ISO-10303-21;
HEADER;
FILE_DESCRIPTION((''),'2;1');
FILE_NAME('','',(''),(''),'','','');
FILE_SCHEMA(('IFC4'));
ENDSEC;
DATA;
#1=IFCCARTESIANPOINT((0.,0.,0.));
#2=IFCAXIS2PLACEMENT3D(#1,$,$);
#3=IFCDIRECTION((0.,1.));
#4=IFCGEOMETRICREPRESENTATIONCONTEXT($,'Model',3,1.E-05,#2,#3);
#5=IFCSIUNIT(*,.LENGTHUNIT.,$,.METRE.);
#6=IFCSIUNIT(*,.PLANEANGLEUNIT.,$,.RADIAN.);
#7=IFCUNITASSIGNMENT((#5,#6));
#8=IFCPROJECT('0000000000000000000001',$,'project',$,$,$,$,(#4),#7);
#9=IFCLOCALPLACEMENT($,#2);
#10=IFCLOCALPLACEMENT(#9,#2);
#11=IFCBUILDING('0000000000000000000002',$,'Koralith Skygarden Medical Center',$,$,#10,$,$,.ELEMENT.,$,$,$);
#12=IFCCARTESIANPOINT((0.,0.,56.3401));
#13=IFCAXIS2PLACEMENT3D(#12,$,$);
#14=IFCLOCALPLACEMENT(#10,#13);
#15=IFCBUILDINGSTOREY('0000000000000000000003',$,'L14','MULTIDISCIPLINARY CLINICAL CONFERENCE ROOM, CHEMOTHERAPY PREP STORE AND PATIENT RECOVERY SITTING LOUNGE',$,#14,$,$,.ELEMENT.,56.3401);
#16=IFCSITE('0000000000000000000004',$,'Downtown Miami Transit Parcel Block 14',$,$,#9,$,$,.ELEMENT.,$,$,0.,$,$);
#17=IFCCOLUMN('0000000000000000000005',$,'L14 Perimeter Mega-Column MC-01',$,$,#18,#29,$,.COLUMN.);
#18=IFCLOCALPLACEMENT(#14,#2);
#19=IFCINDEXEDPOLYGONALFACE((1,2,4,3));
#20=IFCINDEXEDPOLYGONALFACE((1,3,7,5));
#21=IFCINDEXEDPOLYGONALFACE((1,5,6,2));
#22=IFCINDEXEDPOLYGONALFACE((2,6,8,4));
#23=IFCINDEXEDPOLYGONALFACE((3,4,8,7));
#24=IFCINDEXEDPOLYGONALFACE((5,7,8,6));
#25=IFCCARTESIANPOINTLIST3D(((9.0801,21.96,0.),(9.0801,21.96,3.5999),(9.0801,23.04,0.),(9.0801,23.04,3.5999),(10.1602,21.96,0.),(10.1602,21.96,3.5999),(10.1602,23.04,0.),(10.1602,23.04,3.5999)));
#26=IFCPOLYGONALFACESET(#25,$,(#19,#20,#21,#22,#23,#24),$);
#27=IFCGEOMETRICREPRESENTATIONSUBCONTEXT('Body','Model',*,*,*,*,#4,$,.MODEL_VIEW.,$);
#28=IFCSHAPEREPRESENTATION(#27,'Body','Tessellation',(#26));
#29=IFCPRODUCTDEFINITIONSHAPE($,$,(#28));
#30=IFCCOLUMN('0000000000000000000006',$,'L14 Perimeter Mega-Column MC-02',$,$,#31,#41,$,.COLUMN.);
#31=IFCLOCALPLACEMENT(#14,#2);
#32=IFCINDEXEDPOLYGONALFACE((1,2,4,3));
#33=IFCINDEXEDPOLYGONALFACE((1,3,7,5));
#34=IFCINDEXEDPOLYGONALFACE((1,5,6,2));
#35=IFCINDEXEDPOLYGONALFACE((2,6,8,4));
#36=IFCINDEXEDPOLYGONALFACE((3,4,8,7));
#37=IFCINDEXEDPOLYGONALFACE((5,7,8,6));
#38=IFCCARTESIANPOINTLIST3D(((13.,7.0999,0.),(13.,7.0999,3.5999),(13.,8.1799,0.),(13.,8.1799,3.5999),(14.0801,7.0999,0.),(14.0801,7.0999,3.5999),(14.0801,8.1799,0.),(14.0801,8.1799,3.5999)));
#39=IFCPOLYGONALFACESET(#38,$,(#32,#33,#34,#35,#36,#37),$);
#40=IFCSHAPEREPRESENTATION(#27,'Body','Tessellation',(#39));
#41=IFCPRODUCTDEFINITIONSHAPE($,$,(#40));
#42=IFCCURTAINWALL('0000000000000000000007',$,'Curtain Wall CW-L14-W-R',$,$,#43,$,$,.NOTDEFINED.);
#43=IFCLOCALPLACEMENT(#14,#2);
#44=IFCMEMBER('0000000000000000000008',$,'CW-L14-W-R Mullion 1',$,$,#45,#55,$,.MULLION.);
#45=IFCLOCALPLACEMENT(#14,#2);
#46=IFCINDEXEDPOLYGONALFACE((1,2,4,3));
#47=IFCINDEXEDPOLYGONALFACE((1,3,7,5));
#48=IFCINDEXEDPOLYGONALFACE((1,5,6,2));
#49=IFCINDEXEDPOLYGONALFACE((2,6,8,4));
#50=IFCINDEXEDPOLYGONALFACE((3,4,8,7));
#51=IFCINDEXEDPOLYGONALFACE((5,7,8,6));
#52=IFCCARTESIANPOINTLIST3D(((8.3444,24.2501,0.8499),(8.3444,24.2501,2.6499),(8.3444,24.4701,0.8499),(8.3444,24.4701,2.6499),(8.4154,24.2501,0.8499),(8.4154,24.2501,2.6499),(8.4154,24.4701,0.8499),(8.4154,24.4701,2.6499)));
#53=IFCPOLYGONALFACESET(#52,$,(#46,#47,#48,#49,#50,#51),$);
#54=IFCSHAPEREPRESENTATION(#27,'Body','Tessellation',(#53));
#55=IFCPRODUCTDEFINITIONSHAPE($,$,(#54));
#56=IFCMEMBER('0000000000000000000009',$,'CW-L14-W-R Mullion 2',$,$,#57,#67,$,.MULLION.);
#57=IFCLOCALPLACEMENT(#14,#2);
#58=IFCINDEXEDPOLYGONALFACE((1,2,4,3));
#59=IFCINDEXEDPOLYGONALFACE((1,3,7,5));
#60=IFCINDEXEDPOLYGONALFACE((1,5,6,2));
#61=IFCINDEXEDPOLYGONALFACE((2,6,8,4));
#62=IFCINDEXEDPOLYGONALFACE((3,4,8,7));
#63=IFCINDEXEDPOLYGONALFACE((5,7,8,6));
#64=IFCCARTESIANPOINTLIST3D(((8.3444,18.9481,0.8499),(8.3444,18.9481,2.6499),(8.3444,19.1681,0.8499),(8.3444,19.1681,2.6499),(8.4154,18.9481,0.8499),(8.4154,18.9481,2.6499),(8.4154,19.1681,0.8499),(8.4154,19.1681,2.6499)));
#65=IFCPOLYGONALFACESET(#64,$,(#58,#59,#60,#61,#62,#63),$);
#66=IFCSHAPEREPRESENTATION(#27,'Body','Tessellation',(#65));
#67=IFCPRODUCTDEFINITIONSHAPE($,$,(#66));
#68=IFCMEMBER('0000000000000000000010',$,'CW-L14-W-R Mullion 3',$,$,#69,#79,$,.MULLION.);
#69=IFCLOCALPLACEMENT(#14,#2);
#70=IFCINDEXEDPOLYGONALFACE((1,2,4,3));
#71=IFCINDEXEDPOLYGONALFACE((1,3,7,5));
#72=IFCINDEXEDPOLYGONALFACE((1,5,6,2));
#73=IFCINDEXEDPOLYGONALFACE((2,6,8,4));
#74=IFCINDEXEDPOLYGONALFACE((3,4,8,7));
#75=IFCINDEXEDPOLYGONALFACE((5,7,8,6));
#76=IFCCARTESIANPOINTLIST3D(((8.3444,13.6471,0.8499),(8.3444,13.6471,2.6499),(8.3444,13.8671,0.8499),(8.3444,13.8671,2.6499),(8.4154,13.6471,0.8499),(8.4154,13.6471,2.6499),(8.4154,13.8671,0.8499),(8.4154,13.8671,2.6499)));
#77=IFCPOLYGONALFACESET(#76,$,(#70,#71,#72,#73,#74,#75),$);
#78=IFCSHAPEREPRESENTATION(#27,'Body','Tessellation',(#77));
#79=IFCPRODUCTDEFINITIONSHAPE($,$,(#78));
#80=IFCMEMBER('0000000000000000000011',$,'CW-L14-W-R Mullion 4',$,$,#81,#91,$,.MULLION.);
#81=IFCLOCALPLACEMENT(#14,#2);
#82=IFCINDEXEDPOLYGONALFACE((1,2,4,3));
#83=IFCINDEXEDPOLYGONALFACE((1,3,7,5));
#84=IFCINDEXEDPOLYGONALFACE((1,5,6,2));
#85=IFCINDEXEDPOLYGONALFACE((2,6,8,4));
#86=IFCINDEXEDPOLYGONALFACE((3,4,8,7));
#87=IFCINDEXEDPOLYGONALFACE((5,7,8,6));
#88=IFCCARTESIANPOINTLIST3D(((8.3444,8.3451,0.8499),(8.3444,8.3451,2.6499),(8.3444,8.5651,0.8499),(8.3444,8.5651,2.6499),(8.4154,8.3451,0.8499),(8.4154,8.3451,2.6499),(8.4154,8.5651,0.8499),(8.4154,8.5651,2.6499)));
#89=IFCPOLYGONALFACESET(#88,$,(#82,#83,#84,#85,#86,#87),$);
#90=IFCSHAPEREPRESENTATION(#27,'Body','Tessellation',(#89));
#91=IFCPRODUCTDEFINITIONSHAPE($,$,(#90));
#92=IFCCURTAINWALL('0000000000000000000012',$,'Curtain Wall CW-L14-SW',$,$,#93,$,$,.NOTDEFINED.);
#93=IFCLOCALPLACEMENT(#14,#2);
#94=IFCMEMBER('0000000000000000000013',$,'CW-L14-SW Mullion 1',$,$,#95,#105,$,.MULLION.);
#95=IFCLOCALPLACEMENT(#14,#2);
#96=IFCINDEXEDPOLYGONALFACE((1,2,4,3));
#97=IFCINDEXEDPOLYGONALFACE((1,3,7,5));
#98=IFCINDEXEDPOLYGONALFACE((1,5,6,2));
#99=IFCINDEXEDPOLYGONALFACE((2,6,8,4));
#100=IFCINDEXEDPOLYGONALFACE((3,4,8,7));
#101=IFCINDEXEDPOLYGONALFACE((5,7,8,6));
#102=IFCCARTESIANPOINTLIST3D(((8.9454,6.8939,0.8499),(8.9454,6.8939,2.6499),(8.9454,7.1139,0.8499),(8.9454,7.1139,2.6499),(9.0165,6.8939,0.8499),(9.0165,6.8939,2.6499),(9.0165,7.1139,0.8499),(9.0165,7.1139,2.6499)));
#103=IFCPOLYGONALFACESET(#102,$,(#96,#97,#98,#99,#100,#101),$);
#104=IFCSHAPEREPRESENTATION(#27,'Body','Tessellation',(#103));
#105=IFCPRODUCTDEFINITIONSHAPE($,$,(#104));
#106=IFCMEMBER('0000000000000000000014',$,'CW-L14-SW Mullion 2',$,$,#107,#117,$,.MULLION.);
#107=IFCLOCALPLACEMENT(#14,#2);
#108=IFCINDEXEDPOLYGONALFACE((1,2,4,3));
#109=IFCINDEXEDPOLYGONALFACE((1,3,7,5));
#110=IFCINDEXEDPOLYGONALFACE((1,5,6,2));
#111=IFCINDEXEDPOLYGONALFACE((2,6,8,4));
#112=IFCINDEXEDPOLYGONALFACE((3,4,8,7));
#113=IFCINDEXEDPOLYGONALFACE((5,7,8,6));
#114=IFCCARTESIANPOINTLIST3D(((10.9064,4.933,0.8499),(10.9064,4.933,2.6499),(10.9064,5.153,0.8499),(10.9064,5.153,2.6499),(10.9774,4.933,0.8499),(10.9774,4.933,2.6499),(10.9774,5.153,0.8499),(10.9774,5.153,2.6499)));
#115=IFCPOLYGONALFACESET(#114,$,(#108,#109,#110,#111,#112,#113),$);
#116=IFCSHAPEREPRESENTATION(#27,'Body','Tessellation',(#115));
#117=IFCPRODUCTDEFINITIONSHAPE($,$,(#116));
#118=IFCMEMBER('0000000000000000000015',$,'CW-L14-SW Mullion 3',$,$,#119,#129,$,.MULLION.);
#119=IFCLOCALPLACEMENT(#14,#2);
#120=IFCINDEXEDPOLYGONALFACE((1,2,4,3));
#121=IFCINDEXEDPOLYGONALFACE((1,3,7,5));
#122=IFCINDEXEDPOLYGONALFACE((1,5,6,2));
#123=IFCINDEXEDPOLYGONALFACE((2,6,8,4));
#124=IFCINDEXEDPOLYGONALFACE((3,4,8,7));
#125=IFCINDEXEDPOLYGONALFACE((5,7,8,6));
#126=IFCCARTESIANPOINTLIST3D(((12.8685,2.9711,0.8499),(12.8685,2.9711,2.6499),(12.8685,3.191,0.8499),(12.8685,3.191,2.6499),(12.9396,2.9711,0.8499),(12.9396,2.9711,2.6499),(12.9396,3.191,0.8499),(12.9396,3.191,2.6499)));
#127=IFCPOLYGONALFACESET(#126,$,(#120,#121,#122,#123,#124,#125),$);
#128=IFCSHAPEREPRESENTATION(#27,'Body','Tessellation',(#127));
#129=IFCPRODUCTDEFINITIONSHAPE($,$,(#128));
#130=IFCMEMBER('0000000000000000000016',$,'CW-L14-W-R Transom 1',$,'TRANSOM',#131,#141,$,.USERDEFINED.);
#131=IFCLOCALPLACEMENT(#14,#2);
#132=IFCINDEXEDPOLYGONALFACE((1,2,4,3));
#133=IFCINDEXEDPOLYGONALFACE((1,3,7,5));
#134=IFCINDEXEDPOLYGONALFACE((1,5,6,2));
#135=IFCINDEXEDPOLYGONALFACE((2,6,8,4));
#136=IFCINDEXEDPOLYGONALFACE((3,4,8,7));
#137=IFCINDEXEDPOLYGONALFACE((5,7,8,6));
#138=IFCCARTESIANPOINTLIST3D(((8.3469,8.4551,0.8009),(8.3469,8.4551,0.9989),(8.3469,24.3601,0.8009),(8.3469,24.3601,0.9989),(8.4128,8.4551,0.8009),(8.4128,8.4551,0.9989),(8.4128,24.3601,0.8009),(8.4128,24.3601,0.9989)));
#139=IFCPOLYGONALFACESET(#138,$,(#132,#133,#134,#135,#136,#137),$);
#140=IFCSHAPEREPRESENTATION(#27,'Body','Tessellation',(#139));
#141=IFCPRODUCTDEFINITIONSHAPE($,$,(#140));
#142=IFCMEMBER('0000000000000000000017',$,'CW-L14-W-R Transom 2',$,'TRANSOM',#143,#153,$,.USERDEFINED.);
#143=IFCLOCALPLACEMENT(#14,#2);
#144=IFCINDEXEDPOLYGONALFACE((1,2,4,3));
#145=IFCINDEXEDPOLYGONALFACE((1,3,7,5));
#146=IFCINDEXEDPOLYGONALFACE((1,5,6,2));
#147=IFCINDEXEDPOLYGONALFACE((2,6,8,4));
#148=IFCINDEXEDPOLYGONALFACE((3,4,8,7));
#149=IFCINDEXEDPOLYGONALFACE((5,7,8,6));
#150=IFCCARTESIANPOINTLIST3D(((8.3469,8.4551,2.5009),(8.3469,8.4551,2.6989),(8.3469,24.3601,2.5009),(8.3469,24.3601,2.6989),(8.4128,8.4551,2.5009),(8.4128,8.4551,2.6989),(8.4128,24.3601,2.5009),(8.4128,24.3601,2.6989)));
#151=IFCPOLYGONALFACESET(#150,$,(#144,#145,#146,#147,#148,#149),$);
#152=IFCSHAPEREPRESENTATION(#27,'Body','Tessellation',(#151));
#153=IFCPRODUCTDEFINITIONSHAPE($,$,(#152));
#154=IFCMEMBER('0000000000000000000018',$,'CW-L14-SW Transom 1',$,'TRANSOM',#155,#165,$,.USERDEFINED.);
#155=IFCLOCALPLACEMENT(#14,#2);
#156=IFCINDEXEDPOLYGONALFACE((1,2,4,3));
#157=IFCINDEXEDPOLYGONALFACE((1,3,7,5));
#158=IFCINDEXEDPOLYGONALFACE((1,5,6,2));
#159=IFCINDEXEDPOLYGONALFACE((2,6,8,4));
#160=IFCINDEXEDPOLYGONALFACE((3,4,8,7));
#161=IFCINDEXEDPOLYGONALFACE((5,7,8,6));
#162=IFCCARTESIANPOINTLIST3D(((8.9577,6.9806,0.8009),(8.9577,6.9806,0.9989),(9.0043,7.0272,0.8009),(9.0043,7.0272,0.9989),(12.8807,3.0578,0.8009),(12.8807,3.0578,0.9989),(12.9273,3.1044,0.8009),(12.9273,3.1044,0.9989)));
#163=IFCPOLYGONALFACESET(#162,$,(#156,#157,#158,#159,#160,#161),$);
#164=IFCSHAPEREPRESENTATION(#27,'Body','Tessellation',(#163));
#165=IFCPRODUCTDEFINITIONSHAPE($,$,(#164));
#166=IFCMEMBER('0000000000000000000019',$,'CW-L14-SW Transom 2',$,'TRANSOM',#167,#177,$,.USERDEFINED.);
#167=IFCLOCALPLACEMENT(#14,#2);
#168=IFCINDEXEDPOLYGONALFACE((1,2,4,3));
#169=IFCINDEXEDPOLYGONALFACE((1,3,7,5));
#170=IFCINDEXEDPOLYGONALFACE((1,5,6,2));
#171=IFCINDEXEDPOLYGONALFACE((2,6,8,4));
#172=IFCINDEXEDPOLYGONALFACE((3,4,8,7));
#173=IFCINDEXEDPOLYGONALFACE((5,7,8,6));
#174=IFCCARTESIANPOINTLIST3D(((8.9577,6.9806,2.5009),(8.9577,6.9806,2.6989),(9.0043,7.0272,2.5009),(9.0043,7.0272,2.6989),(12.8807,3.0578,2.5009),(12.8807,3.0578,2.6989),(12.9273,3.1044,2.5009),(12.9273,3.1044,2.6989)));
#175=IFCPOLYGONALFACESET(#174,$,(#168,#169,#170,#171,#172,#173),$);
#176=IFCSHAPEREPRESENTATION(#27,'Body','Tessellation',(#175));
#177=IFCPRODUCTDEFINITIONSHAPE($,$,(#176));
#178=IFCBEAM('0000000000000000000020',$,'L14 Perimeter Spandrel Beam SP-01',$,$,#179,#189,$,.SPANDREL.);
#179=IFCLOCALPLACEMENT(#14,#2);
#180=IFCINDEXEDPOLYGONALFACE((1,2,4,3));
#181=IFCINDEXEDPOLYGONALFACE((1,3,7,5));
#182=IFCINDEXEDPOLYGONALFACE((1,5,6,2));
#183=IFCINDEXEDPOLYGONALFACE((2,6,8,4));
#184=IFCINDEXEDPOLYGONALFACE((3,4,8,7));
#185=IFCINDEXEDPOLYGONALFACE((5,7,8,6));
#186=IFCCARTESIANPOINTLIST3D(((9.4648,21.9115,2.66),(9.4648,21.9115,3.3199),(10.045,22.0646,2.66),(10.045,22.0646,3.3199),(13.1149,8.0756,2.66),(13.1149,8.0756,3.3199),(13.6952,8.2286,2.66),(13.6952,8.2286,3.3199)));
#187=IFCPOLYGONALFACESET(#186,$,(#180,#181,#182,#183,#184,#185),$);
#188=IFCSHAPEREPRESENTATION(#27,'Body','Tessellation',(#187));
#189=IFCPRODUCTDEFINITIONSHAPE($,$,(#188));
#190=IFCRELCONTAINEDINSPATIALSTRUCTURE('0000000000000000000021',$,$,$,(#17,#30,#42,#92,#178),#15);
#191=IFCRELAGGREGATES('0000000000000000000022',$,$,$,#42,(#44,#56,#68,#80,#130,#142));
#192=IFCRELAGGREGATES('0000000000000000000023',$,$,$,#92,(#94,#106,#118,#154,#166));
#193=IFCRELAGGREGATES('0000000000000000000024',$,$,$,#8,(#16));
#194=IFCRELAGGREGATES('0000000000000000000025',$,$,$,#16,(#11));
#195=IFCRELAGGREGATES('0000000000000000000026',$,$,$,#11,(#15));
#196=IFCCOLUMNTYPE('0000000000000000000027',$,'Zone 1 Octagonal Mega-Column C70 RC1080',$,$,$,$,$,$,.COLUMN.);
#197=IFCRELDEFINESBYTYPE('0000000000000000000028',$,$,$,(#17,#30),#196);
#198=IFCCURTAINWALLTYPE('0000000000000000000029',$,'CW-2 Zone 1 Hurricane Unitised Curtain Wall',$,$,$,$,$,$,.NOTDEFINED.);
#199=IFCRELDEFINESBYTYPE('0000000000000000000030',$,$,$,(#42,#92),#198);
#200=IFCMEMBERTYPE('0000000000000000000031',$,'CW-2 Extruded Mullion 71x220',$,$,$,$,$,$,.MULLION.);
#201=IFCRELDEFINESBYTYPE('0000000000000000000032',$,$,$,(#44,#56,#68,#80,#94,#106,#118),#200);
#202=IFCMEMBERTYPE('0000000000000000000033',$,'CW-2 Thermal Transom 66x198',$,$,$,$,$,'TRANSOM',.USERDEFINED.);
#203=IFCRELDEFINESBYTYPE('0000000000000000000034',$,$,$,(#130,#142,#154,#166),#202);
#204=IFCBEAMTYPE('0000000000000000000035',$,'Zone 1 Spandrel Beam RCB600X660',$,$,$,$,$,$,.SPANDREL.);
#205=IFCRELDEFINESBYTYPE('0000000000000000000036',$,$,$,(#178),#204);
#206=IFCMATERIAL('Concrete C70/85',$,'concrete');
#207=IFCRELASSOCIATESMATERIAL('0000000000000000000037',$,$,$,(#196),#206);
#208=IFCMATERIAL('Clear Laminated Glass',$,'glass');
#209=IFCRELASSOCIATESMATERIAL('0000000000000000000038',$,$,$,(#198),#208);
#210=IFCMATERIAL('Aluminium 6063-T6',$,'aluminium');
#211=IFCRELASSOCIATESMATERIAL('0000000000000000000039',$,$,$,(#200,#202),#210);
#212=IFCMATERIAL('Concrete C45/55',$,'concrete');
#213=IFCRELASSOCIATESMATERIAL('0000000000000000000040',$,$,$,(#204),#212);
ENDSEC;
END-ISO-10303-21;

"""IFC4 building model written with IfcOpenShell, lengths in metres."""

from ifc_helpers import new_model, si_unit, direction, frame, origin, origin_2d, place, context, subcontext, project, spatial, rectangle, extrude, material, material_profile, profile_set, type_object, element, aggregate, save


model = new_model("IFC4")

# Units and contexts
model_context = context("Model", 3, precision=1e-05, world=origin(), true_north=direction((0.0, 1.0)))
body_context = subcontext(model_context, "Body", "Model", "MODEL_VIEW")
ifc_project = project(units=[si_unit("LENGTHUNIT", "METRE"), si_unit("PLANEANGLEUNIT", "RADIAN")], contexts=[model_context])

# Site, building, storey
site_placement = place(None, origin())
site = spatial("IfcSite", under=ifc_project, at=site_placement, Name="Downtown Miami Transit Parcel Block 14", CompositionType="ELEMENT", RefElevation=0.0)
building_placement = place(site_placement, origin())
building = spatial("IfcBuilding", under=site, at=building_placement, Name="Koralith Skygarden Medical Center", CompositionType="ELEMENT")
storey_placement = place(building_placement, frame((0.0, 0.0, 56.3401)))
storey = spatial("IfcBuildingStorey", under=building, at=storey_placement, Name="L14", Description="MULTIDISCIPLINARY CLINICAL CONFERENCE ROOM, CHEMOTHERAPY PREP STORE AND PATIENT RECOVERY SITTING LOUNGE", CompositionType="ELEMENT", Elevation=56.3401)

# Columns
ifc_material_1 = material(Name="Concrete C70/85", Category="concrete")
ifc_material_profile_1 = material_profile(ifc_material_1, rectangle(XDim=1.0801, YDim=1.0801, at=origin_2d()), Name="RC1080X1080")
ifc_profile_set_1 = profile_set([ifc_material_profile_1], Name="Concrete C70/85")
column_type = type_object("IfcColumnType", Name="Zone 1 Octagonal Mega-Column C70 RC1080", PredefinedType="COLUMN", material=ifc_profile_set_1)
for number, where, z_axis, x_axis, name in (
    (1, (9.6201, 22.5, 0.0), (0.0, 0.0, 1.0), (1.0, 0.0, 0.0), "L14 Perimeter Mega-Column MC-01"),
    (2, (13.54, 7.6399, 0.0), (0.0, 0.0, 1.0), (1.0, 0.0, 0.0), "L14 Perimeter Mega-Column MC-02"),
):
    element("IfcColumn", number, at=place(storey_placement, frame(where, z_axis=z_axis, x_axis=x_axis)), inside=storey, type_object=column_type, Name=name, PredefinedType="COLUMN", context=body_context, shape_type="SweptSolid", body=[
        extrude(rectangle(XDim=1.0801, YDim=1.0801, at=origin_2d()), origin(), (0.0, 0.0, 1.0), 3.5999),
    ])

# Curtain walls, members
ifc_material_2 = material(Name="Clear Laminated Glass", Category="glass")
curtain_wall_type = type_object("IfcCurtainWallType", Name="CW-2 Zone 1 Hurricane Unitised Curtain Wall", PredefinedType="NOTDEFINED", material=ifc_material_2)
curtain_wall_1_placement = place(storey_placement, origin())
curtain_wall_1 = element("IfcCurtainWall", 3, at=curtain_wall_1_placement, inside=storey, type_object=curtain_wall_type, Name="Curtain Wall CW-L14-W-R", PredefinedType="NOTDEFINED")
ifc_material_3 = material(Name="Aluminium 6063-T6", Category="aluminium")
ifc_material_profile_2 = material_profile(ifc_material_3, rectangle(XDim=0.071, YDim=0.22, at=origin_2d()), Name="MUL71X220")
ifc_profile_set_2 = profile_set([ifc_material_profile_2], Name="Aluminium 6063-T6")
member_type_1 = type_object("IfcMemberType", Name="CW-2 Extruded Mullion 71x220", PredefinedType="MULLION", material=ifc_profile_set_2)
member_1_placement = place(storey_placement, frame((8.3799, 24.3601, 0.8499), z_axis=(0.0, 0.0, 1.0), x_axis=(1.0, 0.0, 0.0)))
member_1 = element("IfcMember", 4, at=member_1_placement, type_object=member_type_1, Name="CW-L14-W-R Mullion 1", PredefinedType="MULLION", context=body_context, shape_type="SweptSolid", body=[
    extrude(rectangle(XDim=0.071, YDim=0.22, at=origin_2d()), origin(), (0.0, 0.0, 1.0), 1.8),
])
member_2_placement = place(storey_placement, frame((8.3799, 19.0581, 0.8499), z_axis=(0.0, 0.0, 1.0), x_axis=(1.0, 0.0, 0.0)))
member_2 = element("IfcMember", 5, at=member_2_placement, type_object=member_type_1, Name="CW-L14-W-R Mullion 2", PredefinedType="MULLION", context=body_context, shape_type="SweptSolid", body=[
    extrude(rectangle(XDim=0.071, YDim=0.22, at=origin_2d()), origin(), (0.0, 0.0, 1.0), 1.8),
])
member_3_placement = place(storey_placement, frame((8.3799, 13.7571, 0.8499), z_axis=(0.0, 0.0, 1.0), x_axis=(1.0, 0.0, 0.0)))
member_3 = element("IfcMember", 6, at=member_3_placement, type_object=member_type_1, Name="CW-L14-W-R Mullion 3", PredefinedType="MULLION", context=body_context, shape_type="SweptSolid", body=[
    extrude(rectangle(XDim=0.071, YDim=0.22, at=origin_2d()), origin(), (0.0, 0.0, 1.0), 1.8),
])
member_4_placement = place(storey_placement, frame((8.3799, 8.4551, 0.8499), z_axis=(0.0, 0.0, 1.0), x_axis=(1.0, 0.0, 0.0)))
member_4 = element("IfcMember", 7, at=member_4_placement, type_object=member_type_1, Name="CW-L14-W-R Mullion 4", PredefinedType="MULLION", context=body_context, shape_type="SweptSolid", body=[
    extrude(rectangle(XDim=0.071, YDim=0.22, at=origin_2d()), origin(), (0.0, 0.0, 1.0), 1.8),
])
curtain_wall_2_placement = place(storey_placement, origin())
curtain_wall_2 = element("IfcCurtainWall", 8, at=curtain_wall_2_placement, inside=storey, type_object=curtain_wall_type, Name="Curtain Wall CW-L14-SW", PredefinedType="NOTDEFINED")
member_5_placement = place(storey_placement, frame((8.981, 7.0039, 0.8499), z_axis=(0.0, 0.0, 1.0), x_axis=(1.0, 0.0, 0.0)))
member_5 = element("IfcMember", 9, at=member_5_placement, type_object=member_type_1, Name="CW-L14-SW Mullion 1", PredefinedType="MULLION", context=body_context, shape_type="SweptSolid", body=[
    extrude(rectangle(XDim=0.071, YDim=0.22, at=origin_2d()), origin(), (0.0, 0.0, 1.0), 1.8),
])
member_6_placement = place(storey_placement, frame((10.9419, 5.043, 0.8499), z_axis=(0.0, 0.0, 1.0), x_axis=(1.0, 0.0, 0.0)))
member_6 = element("IfcMember", 10, at=member_6_placement, type_object=member_type_1, Name="CW-L14-SW Mullion 2", PredefinedType="MULLION", context=body_context, shape_type="SweptSolid", body=[
    extrude(rectangle(XDim=0.071, YDim=0.22, at=origin_2d()), origin(), (0.0, 0.0, 1.0), 1.8),
])
member_7_placement = place(storey_placement, frame((12.9041, 3.0811, 0.8499), z_axis=(0.0, 0.0, 1.0), x_axis=(1.0, 0.0, 0.0)))
member_7 = element("IfcMember", 11, at=member_7_placement, type_object=member_type_1, Name="CW-L14-SW Mullion 3", PredefinedType="MULLION", context=body_context, shape_type="SweptSolid", body=[
    extrude(rectangle(XDim=0.071, YDim=0.22, at=origin_2d()), origin(), (0.0, 0.0, 1.0), 1.8),
])

# Members
ifc_material_profile_3 = material_profile(ifc_material_3, rectangle(XDim=0.0659, YDim=0.198, at=origin_2d()), Name="TRN66X198")
ifc_profile_set_3 = profile_set([ifc_material_profile_3], Name="Aluminium 6063-T6")
member_type_2 = type_object("IfcMemberType", Name="CW-2 Thermal Transom 66x198", ElementType="TRANSOM", PredefinedType="USERDEFINED", material=ifc_profile_set_3)
member_8_placement = place(storey_placement, frame((8.3799, 24.3601, 0.8999), z_axis=(0.0, -1.0, 0.0), x_axis=(1.0, 0.0, 0.0)))
member_8 = element("IfcMember", 12, at=member_8_placement, type_object=member_type_2, Name="CW-L14-W-R Transom 1", ObjectType="TRANSOM", PredefinedType="USERDEFINED", context=body_context, shape_type="SweptSolid", body=[
    extrude(rectangle(XDim=0.0659, YDim=0.198, at=origin_2d()), origin(), (0.0, 0.0, 1.0), 15.905),
])
member_9_placement = place(storey_placement, frame((8.3799, 24.3601, 2.5999), z_axis=(0.0, -1.0, 0.0), x_axis=(1.0, 0.0, 0.0)))
member_9 = element("IfcMember", 13, at=member_9_placement, type_object=member_type_2, Name="CW-L14-W-R Transom 2", ObjectType="TRANSOM", PredefinedType="USERDEFINED", context=body_context, shape_type="SweptSolid", body=[
    extrude(rectangle(XDim=0.0659, YDim=0.198, at=origin_2d()), origin(), (0.0, 0.0, 1.0), 15.905),
])
member_10_placement = place(storey_placement, frame((8.981, 7.0039, 0.8999), z_axis=(0.707129, -0.707085, 0.0), x_axis=(0.707085, 0.707129, 0.0)))
member_10 = element("IfcMember", 14, at=member_10_placement, type_object=member_type_2, Name="CW-L14-SW Transom 1", ObjectType="TRANSOM", PredefinedType="USERDEFINED", context=body_context, shape_type="SweptSolid", body=[
    extrude(rectangle(XDim=0.0659, YDim=0.198, at=origin_2d()), origin(), (0.0, 0.0, 1.0), 5.5479),
])
member_11_placement = place(storey_placement, frame((8.981, 7.0039, 2.5999), z_axis=(0.707129, -0.707085, 0.0), x_axis=(0.707085, 0.707129, 0.0)))
member_11 = element("IfcMember", 15, at=member_11_placement, type_object=member_type_2, Name="CW-L14-SW Transom 2", ObjectType="TRANSOM", PredefinedType="USERDEFINED", context=body_context, shape_type="SweptSolid", body=[
    extrude(rectangle(XDim=0.0659, YDim=0.198, at=origin_2d()), origin(), (0.0, 0.0, 1.0), 5.5479),
])

# Beam
ifc_material_4 = material(Name="Concrete C45/55", Category="concrete")
ifc_material_profile_4 = material_profile(ifc_material_4, rectangle(XDim=0.6001, YDim=0.6599, at=origin_2d()), Name="RCB600X660")
ifc_profile_set_4 = profile_set([ifc_material_profile_4], Name="Concrete C45/55")
beam_type = type_object("IfcBeamType", Name="Zone 1 Spandrel Beam RCB600X660", PredefinedType="SPANDREL", material=ifc_profile_set_4)
beam_1_placement = place(storey_placement, frame((9.7549, 21.988, 2.99), z_axis=(0.255089, -0.966918, 0.0), x_axis=(0.966918, 0.255089, 0.0)))
element("IfcBeam", 16, at=beam_1_placement, inside=storey, type_object=beam_type, Name="L14 Perimeter Spandrel Beam SP-01", PredefinedType="SPANDREL", context=body_context, shape_type="SweptSolid", body=[
    extrude(rectangle(XDim=0.6001, YDim=0.6599, at=origin_2d()), origin(), (0.0, 0.0, 1.0), 14.3093),
])

aggregate(curtain_wall_1, [member_1, member_2, member_3, member_4, member_8, member_9])
aggregate(curtain_wall_2, [member_5, member_6, member_7, member_10, member_11])

save(model, "model.ifc")
